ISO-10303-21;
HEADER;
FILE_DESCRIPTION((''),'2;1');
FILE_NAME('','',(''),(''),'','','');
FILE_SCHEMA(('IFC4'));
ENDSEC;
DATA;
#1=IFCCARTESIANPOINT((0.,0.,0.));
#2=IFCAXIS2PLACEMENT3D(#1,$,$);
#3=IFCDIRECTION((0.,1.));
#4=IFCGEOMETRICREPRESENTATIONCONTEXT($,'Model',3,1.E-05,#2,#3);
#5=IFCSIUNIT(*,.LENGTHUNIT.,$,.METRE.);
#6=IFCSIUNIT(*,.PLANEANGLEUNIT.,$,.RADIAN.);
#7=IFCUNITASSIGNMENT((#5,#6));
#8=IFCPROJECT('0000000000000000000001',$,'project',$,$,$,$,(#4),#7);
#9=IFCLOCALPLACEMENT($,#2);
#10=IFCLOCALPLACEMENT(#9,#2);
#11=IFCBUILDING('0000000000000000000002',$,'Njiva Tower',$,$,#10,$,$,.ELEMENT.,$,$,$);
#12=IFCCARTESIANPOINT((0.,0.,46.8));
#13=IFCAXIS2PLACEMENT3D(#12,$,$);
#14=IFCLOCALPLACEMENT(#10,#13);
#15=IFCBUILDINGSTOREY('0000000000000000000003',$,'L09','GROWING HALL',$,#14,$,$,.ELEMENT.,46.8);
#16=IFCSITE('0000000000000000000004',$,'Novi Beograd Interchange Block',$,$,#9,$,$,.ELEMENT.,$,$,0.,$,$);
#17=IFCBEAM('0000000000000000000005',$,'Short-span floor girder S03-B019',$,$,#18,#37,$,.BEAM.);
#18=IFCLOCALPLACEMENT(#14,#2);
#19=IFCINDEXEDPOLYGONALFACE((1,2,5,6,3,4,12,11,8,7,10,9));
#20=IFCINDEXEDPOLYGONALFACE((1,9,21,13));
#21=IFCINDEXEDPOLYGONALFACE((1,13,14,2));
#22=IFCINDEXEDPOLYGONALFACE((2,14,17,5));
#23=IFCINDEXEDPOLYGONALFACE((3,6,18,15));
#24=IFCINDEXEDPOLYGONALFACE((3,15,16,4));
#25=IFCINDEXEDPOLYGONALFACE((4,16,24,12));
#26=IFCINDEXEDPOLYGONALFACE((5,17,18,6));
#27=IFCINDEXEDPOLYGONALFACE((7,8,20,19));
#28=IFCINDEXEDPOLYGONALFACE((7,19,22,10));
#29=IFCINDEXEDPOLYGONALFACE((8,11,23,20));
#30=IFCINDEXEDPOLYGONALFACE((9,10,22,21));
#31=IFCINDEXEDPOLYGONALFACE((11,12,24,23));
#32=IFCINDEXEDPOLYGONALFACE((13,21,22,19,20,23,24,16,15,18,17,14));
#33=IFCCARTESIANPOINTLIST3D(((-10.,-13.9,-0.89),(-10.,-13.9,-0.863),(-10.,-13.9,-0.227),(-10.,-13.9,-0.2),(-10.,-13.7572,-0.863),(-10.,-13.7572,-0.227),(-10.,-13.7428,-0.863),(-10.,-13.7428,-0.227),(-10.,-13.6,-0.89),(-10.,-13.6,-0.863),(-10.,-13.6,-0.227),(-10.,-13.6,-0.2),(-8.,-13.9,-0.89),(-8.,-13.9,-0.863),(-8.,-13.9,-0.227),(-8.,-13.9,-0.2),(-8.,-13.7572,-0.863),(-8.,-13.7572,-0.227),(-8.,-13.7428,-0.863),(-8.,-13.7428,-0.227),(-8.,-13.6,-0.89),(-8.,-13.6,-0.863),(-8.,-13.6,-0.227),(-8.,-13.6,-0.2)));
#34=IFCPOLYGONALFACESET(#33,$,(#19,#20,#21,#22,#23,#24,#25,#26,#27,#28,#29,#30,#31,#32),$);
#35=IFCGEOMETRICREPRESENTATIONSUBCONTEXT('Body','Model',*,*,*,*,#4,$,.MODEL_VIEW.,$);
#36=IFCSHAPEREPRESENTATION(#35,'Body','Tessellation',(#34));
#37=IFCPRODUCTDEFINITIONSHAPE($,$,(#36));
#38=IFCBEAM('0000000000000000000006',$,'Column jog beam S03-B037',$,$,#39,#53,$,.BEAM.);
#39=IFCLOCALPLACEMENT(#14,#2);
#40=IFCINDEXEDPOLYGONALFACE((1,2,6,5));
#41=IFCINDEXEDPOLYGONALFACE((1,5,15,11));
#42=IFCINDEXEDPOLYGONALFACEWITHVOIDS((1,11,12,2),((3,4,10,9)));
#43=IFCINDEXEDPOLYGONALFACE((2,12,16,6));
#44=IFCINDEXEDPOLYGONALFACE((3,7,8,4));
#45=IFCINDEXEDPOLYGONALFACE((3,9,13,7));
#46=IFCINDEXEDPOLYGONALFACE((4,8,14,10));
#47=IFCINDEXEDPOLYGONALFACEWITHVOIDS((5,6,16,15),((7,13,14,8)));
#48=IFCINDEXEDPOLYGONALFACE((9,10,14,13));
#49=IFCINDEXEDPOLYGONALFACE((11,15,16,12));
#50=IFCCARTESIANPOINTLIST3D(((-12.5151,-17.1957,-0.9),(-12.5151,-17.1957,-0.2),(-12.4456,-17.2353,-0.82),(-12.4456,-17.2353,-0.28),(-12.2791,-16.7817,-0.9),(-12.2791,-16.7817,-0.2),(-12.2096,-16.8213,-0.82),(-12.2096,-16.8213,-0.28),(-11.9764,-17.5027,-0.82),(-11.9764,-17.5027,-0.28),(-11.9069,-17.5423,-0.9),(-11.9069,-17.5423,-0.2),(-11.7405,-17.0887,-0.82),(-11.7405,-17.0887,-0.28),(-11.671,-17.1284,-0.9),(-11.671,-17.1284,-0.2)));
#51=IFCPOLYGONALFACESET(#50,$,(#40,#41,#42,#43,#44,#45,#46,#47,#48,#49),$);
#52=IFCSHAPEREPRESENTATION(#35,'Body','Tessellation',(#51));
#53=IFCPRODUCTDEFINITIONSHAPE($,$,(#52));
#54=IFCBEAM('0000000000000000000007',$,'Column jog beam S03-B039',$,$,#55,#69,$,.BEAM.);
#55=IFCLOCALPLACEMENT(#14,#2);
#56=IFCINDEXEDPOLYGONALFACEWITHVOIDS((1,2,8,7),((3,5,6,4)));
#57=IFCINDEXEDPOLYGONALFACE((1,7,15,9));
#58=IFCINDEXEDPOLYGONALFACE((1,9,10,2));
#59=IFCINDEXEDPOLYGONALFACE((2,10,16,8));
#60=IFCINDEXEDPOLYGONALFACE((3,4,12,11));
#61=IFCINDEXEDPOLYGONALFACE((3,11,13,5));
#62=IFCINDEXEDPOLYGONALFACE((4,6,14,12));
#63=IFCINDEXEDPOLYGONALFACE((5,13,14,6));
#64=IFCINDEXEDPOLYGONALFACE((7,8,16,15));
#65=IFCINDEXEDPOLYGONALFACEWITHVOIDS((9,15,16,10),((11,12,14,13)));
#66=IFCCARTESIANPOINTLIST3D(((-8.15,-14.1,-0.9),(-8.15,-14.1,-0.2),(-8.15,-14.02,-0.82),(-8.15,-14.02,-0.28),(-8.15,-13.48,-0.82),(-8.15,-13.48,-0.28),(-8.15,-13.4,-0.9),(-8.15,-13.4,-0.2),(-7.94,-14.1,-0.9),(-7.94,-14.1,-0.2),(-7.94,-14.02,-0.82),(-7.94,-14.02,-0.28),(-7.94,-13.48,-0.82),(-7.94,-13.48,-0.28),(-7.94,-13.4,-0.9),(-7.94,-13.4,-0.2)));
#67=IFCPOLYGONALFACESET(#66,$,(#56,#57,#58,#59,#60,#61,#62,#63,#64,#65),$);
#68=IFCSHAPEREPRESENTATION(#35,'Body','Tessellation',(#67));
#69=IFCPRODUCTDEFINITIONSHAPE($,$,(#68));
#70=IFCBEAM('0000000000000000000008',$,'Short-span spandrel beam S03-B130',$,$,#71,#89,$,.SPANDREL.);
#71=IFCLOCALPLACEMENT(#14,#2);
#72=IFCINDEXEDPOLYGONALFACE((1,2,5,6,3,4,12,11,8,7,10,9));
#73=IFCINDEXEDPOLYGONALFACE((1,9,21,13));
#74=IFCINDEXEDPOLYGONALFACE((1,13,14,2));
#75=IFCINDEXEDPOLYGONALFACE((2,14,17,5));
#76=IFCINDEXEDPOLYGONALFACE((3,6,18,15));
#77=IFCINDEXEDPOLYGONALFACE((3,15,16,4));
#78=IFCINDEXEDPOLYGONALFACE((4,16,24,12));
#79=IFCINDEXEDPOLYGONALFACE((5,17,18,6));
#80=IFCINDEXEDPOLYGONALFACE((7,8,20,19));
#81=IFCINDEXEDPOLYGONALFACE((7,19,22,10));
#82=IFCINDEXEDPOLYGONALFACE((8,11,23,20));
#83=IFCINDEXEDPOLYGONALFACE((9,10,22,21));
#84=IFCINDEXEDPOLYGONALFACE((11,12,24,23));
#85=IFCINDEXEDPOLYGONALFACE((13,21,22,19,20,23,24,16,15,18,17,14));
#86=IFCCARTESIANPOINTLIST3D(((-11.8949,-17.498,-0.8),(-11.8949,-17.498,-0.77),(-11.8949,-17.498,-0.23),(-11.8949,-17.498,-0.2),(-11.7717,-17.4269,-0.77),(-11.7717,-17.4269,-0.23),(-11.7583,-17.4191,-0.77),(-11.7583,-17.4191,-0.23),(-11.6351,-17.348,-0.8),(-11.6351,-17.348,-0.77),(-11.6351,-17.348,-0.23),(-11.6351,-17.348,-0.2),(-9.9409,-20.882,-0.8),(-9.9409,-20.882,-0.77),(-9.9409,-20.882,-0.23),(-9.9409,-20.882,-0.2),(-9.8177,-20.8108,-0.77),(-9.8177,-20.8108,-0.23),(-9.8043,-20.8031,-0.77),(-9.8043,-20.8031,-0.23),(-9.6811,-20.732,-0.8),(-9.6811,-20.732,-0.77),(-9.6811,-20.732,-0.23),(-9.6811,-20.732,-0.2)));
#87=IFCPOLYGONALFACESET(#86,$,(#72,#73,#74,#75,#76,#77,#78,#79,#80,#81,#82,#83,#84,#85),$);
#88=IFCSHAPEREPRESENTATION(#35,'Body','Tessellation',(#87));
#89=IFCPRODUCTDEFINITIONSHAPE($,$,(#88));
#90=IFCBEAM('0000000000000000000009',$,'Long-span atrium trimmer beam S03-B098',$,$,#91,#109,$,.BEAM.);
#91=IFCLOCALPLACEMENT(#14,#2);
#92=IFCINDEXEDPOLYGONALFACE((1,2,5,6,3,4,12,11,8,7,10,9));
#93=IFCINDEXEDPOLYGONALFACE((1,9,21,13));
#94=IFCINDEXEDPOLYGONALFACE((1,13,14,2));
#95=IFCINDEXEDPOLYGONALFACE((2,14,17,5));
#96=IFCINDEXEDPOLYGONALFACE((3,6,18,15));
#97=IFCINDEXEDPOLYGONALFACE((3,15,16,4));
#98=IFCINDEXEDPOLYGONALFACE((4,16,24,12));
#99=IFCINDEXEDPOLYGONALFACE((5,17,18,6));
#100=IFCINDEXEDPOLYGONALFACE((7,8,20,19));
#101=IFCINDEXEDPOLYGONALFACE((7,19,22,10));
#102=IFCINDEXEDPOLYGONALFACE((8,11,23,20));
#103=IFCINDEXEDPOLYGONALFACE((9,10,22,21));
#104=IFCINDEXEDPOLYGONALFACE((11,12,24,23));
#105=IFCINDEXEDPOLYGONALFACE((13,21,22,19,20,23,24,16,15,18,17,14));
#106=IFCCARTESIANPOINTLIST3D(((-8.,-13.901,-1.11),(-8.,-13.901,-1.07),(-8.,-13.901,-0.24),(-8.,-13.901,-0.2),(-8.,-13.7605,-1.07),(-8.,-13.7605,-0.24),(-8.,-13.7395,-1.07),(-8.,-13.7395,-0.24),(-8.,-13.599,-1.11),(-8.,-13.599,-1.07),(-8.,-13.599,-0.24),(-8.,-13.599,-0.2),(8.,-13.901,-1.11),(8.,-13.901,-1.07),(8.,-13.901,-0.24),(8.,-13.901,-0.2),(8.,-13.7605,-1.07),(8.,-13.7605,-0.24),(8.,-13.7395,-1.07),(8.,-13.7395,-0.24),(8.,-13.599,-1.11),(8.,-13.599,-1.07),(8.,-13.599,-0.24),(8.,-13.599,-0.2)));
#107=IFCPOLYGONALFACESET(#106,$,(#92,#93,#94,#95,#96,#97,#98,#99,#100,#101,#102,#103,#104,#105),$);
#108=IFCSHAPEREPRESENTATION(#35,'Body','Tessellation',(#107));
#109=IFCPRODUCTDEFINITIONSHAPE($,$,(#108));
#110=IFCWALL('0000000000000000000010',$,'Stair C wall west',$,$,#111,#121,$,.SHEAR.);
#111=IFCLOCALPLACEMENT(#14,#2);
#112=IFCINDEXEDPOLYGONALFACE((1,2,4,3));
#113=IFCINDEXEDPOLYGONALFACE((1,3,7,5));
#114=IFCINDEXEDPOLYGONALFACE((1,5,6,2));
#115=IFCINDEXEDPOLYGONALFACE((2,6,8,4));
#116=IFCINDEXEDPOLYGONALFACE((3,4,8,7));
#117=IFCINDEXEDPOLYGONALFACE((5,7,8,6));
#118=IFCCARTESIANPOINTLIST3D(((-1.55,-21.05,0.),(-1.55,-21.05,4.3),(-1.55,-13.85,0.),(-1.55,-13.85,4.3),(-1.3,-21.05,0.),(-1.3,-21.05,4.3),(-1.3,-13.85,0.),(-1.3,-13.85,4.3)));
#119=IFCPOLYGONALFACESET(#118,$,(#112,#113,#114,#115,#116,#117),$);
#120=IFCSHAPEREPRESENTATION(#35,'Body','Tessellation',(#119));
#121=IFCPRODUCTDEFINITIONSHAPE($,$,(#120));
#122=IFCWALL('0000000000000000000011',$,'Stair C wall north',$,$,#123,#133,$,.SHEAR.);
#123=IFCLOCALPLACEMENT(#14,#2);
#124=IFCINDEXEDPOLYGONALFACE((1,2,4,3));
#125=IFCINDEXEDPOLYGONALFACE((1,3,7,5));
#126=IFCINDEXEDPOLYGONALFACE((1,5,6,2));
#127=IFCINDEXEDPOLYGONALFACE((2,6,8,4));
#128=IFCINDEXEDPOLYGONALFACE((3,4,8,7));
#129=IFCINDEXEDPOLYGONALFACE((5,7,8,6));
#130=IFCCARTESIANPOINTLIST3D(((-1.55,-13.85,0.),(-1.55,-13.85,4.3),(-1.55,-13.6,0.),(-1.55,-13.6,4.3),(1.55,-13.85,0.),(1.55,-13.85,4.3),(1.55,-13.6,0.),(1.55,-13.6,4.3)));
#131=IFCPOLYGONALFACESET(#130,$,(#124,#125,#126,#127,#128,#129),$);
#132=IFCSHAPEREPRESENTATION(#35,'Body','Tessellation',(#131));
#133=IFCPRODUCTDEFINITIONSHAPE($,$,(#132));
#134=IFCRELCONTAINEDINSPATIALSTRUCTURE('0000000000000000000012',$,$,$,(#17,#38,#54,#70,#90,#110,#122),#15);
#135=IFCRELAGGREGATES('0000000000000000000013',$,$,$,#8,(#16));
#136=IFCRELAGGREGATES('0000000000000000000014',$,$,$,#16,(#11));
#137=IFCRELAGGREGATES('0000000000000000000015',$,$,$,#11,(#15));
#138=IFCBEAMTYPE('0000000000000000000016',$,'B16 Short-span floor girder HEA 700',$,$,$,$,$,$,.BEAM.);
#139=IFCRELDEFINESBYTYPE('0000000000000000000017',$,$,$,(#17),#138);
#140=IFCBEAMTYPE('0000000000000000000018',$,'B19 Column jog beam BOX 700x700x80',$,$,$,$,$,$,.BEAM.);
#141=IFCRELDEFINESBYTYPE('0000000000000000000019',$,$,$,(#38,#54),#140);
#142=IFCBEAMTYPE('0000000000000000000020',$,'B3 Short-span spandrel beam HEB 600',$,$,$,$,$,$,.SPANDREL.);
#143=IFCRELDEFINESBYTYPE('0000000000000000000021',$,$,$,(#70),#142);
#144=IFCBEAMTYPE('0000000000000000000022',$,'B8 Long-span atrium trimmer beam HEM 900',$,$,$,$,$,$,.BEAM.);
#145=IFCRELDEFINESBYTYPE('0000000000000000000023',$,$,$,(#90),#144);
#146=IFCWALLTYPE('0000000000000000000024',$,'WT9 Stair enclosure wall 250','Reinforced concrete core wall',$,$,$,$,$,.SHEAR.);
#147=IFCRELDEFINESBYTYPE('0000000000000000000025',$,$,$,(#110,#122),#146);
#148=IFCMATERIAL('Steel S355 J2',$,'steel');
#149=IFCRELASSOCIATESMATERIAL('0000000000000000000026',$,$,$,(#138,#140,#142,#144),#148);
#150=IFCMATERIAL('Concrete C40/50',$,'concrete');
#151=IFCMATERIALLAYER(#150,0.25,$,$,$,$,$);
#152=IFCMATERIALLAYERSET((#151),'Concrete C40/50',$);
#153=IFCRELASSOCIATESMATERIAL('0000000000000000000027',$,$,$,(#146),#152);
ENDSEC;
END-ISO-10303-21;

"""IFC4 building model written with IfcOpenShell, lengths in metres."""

from ifc_helpers import new_model, si_unit, direction, frame, frame_2d, origin, origin_2d, place, context, subcontext, project, spatial, rectangle, hollow_rectangle, i_section, extrude, material, layer, layer_set, material_profile, profile_set, type_object, element, save


model = new_model("IFC4")

# Units and contexts
model_context = context("Model", 3, precision=1e-05, world=origin(), true_north=direction((0.0, 1.0)))
body_context = subcontext(model_context, "Body", "Model", "MODEL_VIEW")
ifc_project = project(units=[si_unit("LENGTHUNIT", "METRE"), si_unit("PLANEANGLEUNIT", "RADIAN")], contexts=[model_context])

# Site, building, storey
site_placement = place(None, origin())
site = spatial("IfcSite", under=ifc_project, at=site_placement, Name="Novi Beograd Interchange Block", CompositionType="ELEMENT", RefElevation=0.0)
building_placement = place(site_placement, origin())
building = spatial("IfcBuilding", under=site, at=building_placement, Name="Njiva Tower", CompositionType="ELEMENT")
storey_placement = place(building_placement, frame((0.0, 0.0, 46.8)))
storey = spatial("IfcBuildingStorey", under=building, at=storey_placement, Name="L09", Description="GROWING HALL", CompositionType="ELEMENT", Elevation=46.8)

# Shared definitions
ifc_material_1 = material(Name="Steel S355 J2", Category="steel")

# Beams
ifc_material_profile_1 = material_profile(ifc_material_1, i_section(OverallWidth=0.3, OverallDepth=0.69, WebThickness=0.0145, FlangeThickness=0.027, at=origin_2d()), Name="HEA 700")
ifc_profile_set_1 = profile_set([ifc_material_profile_1], Name="Steel S355 J2")
beam_type_1 = type_object("IfcBeamType", Name="B16 Short-span floor girder HEA 700", PredefinedType="BEAM", material=ifc_profile_set_1)
beam_1_placement = place(storey_placement, frame((-10.0, -13.75, -0.545), z_axis=(1.0, 0.0, 0.0), x_axis=(0.0, 1.0, 0.0)))
element("IfcBeam", 1, at=beam_1_placement, inside=storey, type_object=beam_type_1, Name="Short-span floor girder S03-B019", PredefinedType="BEAM", context=body_context, shape_type="SweptSolid", body=[
    extrude(i_section(OverallWidth=0.3, OverallDepth=0.69, WebThickness=0.0145, FlangeThickness=0.027, at=origin_2d()), origin(), (0.0, 0.0, 1.0), 2.0),
])
ifc_material_profile_2 = material_profile(ifc_material_1, hollow_rectangle(XDim=0.7, YDim=0.7, WallThickness=0.08, at=origin_2d()), Name="BOX 700x700x80")
ifc_profile_set_2 = profile_set([ifc_material_profile_2], Name="Steel S355 J2")
beam_type_2 = type_object("IfcBeamType", Name="B19 Column jog beam BOX 700x700x80", PredefinedType="BEAM", material=ifc_profile_set_2)
beam_2_placement = place(storey_placement, frame((-12.211, -17.369, -0.55), z_axis=(0.495235, 0.868759, 0.0), x_axis=(-0.868759, 0.495235, 0.0)))
element("IfcBeam", 2, at=beam_2_placement, inside=storey, type_object=beam_type_2, Name="Column jog beam S03-B037", PredefinedType="BEAM", context=body_context, shape_type="SweptSolid", body=[
    extrude(hollow_rectangle(XDim=0.7, YDim=0.7, WallThickness=0.08, at=origin_2d()), origin(), (0.0, 0.0, 1.0), 0.4765),
])
beam_3_placement = place(storey_placement, frame((-8.15, -13.75, -0.55), z_axis=(1.0, 0.0, 0.0), x_axis=(0.0, 1.0, 0.0)))
element("IfcBeam", 3, at=beam_3_placement, inside=storey, type_object=beam_type_2, Name="Column jog beam S03-B039", PredefinedType="BEAM", context=body_context, shape_type="SweptSolid", body=[
    extrude(hollow_rectangle(XDim=0.7, YDim=0.7, WallThickness=0.08, at=origin_2d()), origin(), (0.0, 0.0, 1.0), 0.21),
])
ifc_material_profile_3 = material_profile(ifc_material_1, i_section(OverallWidth=0.3, OverallDepth=0.6, WebThickness=0.0155, FlangeThickness=0.03, at=origin_2d()), Name="HEB 600")
ifc_profile_set_3 = profile_set([ifc_material_profile_3], Name="Steel S355 J2")
beam_type_3 = type_object("IfcBeamType", Name="B3 Short-span spandrel beam HEB 600", PredefinedType="SPANDREL", material=ifc_profile_set_3)
beam_4_placement = place(storey_placement, frame((-11.765, -17.423, -0.5), z_axis=(0.500047, -0.865998, 0.0), x_axis=(0.865998, 0.500047, 0.0)))
element("IfcBeam", 4, at=beam_4_placement, inside=storey, type_object=beam_type_3, Name="Short-span spandrel beam S03-B130", PredefinedType="SPANDREL", context=body_context, shape_type="SweptSolid", body=[
    extrude(i_section(OverallWidth=0.3, OverallDepth=0.6, WebThickness=0.0155, FlangeThickness=0.03, at=origin_2d()), origin(), (0.0, 0.0, 1.0), 3.9076),
])
ifc_material_profile_4 = material_profile(ifc_material_1, i_section(OverallWidth=0.302, OverallDepth=0.91, WebThickness=0.021, FlangeThickness=0.04, at=origin_2d()), Name="HEM 900")
ifc_profile_set_4 = profile_set([ifc_material_profile_4], Name="Steel S355 J2")
beam_type_4 = type_object("IfcBeamType", Name="B8 Long-span atrium trimmer beam HEM 900", PredefinedType="BEAM", material=ifc_profile_set_4)
beam_5_placement = place(storey_placement, frame((-8.0, -13.75, -0.655), z_axis=(1.0, 0.0, 0.0), x_axis=(0.0, 1.0, 0.0)))
element("IfcBeam", 5, at=beam_5_placement, inside=storey, type_object=beam_type_4, Name="Long-span atrium trimmer beam S03-B098", PredefinedType="BEAM", context=body_context, shape_type="SweptSolid", body=[
    extrude(i_section(OverallWidth=0.302, OverallDepth=0.91, WebThickness=0.021, FlangeThickness=0.04, at=origin_2d()), origin(), (0.0, 0.0, 1.0), 16.0),
])

# Walls
ifc_material_2 = material(Name="Concrete C40/50", Category="concrete")
ifc_layer = layer(ifc_material_2, 0.25)
ifc_layer_set = layer_set([ifc_layer], Name="Concrete C40/50")
wall_type = type_object("IfcWallType", Name="WT9 Stair enclosure wall 250", Description="Reinforced concrete core wall", PredefinedType="SHEAR", material=ifc_layer_set)
wall_1_placement = place(storey_placement, frame((-1.425, -21.05, 0.0), z_axis=(0.0, 0.0, 1.0), x_axis=(0.0, 1.0, 0.0)))
element("IfcWall", 6, at=wall_1_placement, inside=storey, type_object=wall_type, Name="Stair C wall west", PredefinedType="SHEAR", context=body_context, shape_type="SweptSolid", body=[
    extrude(rectangle(XDim=7.2, YDim=0.25, at=frame_2d((3.6, 0.0))), origin(), (0.0, 0.0, 1.0), 4.3),
])
wall_2_placement = place(storey_placement, frame((-1.55, -13.725, 0.0), z_axis=(0.0, 0.0, 1.0), x_axis=(1.0, 0.0, 0.0)))
element("IfcWall", 7, at=wall_2_placement, inside=storey, type_object=wall_type, Name="Stair C wall north", PredefinedType="SHEAR", context=body_context, shape_type="SweptSolid", body=[
    extrude(rectangle(XDim=3.1, YDim=0.25, at=frame_2d((1.55, 0.0))), origin(), (0.0, 0.0, 1.0), 4.3),
])

save(model, "model.ifc")
